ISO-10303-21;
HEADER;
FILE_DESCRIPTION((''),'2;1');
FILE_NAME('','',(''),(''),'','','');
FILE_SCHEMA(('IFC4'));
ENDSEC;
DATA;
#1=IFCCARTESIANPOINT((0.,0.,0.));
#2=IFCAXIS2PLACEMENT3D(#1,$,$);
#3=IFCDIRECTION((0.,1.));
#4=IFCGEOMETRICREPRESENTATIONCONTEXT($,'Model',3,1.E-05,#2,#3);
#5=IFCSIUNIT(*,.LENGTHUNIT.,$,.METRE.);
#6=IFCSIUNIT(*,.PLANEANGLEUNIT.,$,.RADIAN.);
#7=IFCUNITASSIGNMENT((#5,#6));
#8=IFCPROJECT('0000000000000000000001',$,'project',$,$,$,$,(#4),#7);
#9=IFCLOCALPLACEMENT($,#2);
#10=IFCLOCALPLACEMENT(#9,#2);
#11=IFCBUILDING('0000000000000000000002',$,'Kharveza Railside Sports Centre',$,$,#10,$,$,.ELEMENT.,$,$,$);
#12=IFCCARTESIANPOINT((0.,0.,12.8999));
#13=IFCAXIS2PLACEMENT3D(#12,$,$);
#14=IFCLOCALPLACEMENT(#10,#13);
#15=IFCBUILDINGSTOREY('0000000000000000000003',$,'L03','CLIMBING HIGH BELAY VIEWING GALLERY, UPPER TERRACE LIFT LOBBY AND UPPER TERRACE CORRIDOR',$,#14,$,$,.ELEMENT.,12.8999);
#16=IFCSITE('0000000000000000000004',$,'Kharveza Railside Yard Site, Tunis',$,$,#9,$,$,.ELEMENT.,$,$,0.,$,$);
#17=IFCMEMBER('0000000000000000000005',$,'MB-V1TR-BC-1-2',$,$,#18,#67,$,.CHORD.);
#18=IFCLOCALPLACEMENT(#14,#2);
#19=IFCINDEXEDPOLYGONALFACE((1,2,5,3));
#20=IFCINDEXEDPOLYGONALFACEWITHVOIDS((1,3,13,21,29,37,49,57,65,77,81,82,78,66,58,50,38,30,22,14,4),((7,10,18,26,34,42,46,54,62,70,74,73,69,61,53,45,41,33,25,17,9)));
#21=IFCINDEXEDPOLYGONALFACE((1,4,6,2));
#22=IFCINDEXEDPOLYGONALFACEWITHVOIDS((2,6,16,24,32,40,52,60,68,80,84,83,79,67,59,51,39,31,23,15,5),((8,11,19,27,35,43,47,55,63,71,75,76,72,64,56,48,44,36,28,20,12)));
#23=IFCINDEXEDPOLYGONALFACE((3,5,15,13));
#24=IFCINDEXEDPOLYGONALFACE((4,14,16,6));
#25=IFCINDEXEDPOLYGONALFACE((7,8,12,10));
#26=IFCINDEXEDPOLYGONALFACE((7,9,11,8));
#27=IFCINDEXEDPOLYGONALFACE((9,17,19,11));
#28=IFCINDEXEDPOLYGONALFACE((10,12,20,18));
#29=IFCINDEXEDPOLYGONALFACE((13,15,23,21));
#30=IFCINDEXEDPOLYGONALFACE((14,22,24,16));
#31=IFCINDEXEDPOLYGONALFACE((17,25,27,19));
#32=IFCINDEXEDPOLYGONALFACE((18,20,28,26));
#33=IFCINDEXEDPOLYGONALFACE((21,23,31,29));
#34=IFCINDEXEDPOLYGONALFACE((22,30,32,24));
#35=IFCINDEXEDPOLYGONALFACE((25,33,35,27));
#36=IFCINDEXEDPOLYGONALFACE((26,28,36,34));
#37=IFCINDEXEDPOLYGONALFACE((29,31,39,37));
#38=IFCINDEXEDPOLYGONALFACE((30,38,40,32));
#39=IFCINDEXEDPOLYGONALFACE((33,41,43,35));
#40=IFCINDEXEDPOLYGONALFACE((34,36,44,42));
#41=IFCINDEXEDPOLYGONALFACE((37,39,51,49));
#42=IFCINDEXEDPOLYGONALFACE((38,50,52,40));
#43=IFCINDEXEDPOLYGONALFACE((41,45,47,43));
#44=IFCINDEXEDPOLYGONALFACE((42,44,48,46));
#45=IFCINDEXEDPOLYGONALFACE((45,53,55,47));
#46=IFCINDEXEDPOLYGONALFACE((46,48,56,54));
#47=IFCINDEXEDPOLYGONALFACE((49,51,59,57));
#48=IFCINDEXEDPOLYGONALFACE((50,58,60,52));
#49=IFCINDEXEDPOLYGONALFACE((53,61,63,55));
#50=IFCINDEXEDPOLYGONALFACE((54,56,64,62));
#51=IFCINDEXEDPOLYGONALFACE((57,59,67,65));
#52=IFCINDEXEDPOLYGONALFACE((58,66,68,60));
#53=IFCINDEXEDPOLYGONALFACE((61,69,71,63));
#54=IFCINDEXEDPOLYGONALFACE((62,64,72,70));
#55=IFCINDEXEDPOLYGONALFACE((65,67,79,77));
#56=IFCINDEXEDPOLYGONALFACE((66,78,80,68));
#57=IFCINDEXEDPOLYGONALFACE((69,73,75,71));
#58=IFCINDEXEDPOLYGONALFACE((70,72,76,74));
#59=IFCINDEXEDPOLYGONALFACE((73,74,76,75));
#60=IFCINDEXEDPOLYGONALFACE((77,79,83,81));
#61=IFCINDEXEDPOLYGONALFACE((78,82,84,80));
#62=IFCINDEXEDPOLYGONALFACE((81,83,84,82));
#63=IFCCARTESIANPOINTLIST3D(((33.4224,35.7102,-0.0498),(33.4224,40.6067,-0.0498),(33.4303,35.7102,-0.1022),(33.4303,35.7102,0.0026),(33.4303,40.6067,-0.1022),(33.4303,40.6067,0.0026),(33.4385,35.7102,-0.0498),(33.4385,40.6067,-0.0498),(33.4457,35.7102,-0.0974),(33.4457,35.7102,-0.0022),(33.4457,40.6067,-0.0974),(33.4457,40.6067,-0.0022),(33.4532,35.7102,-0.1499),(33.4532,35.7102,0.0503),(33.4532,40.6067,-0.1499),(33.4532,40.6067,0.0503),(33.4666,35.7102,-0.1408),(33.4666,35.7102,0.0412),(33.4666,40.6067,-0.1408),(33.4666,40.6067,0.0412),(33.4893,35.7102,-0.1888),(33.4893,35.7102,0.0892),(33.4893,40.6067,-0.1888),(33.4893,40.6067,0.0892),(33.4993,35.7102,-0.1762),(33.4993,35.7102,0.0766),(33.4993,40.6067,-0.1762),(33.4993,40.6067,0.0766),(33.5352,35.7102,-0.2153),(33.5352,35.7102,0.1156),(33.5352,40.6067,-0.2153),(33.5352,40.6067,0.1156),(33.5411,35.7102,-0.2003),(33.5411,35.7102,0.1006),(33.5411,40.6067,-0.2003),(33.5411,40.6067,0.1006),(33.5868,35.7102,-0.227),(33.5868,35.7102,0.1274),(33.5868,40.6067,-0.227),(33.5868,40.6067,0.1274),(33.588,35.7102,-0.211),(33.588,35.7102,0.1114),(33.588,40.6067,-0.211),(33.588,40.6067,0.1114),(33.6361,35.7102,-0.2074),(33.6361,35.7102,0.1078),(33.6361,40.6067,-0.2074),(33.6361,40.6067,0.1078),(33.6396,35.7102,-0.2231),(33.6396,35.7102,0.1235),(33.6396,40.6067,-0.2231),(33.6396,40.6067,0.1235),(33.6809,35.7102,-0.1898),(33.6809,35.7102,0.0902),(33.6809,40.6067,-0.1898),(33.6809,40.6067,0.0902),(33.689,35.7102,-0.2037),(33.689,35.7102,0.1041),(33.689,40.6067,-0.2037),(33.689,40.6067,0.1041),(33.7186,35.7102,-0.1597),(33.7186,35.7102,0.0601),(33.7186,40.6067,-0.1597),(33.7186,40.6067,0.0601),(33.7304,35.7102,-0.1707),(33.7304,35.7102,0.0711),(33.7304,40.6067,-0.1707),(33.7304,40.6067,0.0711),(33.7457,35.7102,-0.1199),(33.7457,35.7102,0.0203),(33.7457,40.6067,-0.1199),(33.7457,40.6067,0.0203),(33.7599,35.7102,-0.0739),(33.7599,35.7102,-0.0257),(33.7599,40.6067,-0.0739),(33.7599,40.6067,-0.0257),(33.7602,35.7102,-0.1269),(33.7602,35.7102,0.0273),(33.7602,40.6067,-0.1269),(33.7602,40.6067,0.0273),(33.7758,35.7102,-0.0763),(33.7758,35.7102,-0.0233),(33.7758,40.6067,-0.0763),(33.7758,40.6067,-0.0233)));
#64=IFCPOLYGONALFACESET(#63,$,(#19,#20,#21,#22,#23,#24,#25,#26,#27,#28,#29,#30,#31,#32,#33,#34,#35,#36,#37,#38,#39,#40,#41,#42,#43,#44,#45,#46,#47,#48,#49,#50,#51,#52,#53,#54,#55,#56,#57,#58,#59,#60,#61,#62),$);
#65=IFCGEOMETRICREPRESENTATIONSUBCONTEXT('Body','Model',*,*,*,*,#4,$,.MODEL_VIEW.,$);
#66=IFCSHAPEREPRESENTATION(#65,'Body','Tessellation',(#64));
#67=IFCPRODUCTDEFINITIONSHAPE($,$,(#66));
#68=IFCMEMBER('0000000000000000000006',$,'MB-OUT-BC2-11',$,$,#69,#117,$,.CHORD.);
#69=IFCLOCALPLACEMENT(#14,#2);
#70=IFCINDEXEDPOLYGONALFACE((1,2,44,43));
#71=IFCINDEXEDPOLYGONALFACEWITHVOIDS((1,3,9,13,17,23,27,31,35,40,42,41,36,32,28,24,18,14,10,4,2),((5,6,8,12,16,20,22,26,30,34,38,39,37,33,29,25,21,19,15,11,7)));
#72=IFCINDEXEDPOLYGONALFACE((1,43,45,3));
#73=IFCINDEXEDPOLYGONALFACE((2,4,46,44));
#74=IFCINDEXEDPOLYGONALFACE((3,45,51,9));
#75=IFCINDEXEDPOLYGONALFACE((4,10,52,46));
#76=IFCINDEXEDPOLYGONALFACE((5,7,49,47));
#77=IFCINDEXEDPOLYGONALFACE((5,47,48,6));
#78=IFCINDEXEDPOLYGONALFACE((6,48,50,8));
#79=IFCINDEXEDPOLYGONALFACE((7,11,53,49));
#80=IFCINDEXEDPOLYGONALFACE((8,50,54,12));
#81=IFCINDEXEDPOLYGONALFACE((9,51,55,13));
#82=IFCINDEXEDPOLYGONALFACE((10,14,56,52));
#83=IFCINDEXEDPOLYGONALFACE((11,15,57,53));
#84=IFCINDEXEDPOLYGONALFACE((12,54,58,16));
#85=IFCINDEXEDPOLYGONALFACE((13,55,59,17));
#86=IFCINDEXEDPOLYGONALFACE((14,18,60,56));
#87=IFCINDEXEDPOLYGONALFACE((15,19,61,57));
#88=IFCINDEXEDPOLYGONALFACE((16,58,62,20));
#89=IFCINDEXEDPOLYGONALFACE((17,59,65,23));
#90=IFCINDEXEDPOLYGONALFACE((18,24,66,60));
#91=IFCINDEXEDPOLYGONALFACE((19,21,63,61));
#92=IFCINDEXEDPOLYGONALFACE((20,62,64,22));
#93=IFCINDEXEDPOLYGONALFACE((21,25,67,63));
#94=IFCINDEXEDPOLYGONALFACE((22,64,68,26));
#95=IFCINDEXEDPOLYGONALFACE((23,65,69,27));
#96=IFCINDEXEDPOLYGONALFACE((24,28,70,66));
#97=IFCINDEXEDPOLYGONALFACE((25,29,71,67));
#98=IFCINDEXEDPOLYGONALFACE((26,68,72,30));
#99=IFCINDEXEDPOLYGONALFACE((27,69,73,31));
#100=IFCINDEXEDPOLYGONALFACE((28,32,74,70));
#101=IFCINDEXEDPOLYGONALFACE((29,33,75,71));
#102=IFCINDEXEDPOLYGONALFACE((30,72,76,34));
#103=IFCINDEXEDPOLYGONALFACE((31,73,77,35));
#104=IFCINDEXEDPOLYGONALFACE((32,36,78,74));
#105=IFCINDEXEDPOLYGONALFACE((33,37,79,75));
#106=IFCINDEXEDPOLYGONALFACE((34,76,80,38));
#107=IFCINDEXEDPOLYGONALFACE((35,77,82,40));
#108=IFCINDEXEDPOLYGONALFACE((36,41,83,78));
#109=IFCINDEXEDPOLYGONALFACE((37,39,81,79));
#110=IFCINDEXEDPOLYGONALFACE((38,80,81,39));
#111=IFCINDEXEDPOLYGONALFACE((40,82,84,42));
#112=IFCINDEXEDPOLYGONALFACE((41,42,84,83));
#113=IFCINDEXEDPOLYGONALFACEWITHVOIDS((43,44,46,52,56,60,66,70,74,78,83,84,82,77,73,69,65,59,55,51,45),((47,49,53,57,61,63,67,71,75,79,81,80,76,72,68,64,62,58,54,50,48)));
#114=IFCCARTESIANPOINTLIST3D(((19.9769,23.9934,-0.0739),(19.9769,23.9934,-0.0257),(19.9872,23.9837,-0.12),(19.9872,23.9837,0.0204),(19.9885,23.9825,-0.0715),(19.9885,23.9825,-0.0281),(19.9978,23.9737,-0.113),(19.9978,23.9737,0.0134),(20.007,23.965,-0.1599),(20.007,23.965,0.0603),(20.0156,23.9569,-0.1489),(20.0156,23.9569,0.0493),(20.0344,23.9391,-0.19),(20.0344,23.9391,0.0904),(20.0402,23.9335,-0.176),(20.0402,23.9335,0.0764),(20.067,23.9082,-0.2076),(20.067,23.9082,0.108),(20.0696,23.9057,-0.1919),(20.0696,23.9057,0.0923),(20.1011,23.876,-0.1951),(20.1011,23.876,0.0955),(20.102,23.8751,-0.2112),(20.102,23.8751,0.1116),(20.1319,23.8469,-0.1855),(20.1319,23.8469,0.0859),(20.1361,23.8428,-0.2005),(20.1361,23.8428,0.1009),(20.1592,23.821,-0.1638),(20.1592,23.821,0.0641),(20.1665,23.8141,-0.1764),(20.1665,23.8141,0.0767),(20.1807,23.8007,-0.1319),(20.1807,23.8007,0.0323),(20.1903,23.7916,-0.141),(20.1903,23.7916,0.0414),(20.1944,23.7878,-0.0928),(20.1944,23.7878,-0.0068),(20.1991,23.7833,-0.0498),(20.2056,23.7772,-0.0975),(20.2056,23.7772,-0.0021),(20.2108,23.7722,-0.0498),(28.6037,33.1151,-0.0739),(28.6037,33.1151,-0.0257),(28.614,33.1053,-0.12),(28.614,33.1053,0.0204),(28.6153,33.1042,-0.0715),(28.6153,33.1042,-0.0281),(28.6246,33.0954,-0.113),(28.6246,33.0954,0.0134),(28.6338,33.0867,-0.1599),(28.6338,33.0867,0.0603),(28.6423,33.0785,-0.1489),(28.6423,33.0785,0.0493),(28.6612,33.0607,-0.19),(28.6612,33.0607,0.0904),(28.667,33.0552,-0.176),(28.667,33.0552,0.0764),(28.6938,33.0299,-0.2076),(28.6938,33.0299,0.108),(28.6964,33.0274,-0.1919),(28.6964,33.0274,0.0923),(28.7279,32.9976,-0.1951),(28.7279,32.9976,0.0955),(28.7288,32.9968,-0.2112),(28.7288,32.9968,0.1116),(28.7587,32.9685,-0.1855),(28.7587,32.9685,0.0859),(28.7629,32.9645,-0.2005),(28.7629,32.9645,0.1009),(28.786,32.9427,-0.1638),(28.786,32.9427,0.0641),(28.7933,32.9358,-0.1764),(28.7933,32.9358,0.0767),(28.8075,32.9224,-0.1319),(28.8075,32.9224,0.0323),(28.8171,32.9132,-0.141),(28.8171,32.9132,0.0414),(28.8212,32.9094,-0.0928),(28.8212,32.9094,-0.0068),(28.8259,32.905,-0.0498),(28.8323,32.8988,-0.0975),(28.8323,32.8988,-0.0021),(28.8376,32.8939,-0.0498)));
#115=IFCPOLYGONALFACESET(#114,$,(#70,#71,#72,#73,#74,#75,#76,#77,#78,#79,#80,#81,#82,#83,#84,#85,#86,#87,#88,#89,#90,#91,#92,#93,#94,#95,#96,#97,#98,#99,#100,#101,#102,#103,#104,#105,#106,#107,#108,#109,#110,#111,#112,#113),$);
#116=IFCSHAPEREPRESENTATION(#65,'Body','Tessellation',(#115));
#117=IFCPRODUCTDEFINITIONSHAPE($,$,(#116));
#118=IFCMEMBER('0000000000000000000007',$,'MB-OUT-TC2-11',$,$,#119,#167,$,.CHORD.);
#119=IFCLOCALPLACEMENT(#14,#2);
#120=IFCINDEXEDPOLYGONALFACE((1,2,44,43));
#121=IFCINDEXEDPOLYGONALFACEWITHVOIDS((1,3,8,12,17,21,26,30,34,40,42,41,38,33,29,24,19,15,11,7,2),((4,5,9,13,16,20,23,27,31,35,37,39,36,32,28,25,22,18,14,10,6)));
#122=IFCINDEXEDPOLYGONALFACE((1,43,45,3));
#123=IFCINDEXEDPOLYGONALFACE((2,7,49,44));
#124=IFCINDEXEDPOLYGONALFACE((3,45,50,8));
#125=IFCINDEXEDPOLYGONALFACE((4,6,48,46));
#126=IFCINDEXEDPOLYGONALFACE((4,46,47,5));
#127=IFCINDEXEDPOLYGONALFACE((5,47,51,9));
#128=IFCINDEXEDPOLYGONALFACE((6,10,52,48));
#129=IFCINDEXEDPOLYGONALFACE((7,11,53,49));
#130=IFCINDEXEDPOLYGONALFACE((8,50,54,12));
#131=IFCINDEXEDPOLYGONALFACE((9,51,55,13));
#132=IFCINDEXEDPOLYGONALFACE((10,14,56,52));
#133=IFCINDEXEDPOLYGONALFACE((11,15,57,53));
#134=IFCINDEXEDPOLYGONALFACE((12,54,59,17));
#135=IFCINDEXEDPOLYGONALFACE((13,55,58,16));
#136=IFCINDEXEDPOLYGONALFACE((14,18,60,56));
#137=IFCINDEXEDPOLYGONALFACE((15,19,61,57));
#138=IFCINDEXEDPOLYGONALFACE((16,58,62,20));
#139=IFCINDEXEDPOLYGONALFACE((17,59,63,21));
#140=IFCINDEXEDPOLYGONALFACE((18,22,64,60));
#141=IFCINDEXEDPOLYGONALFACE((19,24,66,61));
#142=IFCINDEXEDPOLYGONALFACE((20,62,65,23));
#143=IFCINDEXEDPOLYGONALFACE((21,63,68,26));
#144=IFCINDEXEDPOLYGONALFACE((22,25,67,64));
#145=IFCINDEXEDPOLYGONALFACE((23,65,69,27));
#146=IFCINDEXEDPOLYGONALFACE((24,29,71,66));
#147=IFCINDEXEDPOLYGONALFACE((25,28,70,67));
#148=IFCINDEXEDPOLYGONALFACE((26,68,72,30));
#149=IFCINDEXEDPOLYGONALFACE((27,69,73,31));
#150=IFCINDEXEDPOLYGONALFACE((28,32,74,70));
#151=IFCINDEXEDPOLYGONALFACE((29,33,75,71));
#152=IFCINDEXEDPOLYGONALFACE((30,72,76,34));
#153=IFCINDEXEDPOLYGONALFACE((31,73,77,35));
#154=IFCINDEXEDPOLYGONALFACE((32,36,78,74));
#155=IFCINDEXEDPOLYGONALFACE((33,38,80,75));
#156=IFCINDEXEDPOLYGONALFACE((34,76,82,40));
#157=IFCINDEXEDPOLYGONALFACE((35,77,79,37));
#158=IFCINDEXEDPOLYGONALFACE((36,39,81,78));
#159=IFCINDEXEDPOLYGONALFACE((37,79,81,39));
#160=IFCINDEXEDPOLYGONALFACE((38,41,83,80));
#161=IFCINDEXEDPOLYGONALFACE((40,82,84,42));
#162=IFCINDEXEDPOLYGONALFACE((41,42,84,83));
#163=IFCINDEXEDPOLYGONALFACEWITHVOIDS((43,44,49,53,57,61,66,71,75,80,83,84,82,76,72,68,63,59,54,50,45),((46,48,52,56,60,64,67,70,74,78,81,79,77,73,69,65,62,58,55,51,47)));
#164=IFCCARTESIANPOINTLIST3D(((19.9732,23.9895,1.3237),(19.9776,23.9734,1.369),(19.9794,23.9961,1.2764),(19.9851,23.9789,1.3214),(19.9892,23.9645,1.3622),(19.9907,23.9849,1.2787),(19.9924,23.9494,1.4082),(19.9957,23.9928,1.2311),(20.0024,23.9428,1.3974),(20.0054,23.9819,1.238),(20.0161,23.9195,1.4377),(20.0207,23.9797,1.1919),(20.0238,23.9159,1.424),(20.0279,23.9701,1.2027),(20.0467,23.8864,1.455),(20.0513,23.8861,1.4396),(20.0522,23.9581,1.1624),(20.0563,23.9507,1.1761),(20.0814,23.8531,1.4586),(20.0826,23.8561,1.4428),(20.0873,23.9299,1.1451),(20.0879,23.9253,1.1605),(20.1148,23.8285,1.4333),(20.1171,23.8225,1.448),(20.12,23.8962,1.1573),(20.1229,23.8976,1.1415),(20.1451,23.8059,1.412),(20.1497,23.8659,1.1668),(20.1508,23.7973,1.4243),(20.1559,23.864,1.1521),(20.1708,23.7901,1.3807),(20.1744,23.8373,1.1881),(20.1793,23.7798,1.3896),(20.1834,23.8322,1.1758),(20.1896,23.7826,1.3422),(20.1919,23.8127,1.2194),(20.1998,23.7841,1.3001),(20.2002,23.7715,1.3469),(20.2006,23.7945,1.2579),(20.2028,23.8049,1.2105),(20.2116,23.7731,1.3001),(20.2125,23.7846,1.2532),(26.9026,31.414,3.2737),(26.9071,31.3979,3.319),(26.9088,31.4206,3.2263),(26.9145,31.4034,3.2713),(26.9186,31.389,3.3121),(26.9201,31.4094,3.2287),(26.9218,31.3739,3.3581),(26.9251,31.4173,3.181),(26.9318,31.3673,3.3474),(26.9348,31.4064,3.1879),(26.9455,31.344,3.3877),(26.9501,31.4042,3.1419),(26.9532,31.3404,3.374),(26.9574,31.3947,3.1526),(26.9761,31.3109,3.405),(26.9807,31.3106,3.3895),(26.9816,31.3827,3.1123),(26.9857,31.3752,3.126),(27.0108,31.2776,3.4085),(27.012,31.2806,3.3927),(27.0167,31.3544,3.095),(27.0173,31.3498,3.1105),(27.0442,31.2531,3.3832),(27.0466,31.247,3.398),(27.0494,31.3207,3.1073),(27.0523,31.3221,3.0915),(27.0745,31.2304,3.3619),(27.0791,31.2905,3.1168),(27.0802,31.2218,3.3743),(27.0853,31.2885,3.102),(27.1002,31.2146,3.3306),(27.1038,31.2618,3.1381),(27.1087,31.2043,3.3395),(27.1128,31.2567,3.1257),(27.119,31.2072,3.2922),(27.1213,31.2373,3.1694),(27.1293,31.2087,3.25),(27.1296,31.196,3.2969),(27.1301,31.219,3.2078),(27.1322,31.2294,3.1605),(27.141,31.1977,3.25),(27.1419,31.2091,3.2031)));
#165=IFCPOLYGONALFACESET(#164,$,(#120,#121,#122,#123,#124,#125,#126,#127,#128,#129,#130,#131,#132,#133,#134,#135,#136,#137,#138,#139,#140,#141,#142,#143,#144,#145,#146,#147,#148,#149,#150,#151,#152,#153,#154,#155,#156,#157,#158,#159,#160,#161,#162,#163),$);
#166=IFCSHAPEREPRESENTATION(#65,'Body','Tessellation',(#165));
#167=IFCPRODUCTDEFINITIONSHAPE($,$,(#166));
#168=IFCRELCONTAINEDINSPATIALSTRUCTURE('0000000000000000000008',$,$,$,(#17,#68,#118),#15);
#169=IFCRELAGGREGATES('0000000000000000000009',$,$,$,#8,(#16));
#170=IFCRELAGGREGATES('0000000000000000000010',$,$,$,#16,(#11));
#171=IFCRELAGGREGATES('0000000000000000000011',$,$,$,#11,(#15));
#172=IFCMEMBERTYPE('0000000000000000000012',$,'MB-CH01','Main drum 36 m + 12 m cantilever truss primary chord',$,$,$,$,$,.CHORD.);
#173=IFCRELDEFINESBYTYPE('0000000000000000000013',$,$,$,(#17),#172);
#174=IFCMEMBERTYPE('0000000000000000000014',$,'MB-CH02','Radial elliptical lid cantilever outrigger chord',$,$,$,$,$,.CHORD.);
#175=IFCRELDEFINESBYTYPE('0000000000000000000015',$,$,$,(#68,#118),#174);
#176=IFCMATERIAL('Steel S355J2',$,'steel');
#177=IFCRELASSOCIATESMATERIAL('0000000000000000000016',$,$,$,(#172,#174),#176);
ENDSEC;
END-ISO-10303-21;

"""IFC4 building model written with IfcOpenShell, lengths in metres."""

from ifc_helpers import new_model, si_unit, direction, frame, origin, origin_2d, place, context, subcontext, project, spatial, hollow_circle, extrude, material, material_profile, profile_set, type_object, element, save


model = new_model("IFC4")

# Units and contexts
model_context = context("Model", 3, precision=1e-05, world=origin(), true_north=direction((0.0, 1.0)))
body_context = subcontext(model_context, "Body", "Model", "MODEL_VIEW")
ifc_project = project(units=[si_unit("LENGTHUNIT", "METRE"), si_unit("PLANEANGLEUNIT", "RADIAN")], contexts=[model_context])

# Site, building, storey
site_placement = place(None, origin())
site = spatial("IfcSite", under=ifc_project, at=site_placement, Name="Kharveza Railside Yard Site, Tunis", CompositionType="ELEMENT", RefElevation=0.0)
building_placement = place(site_placement, origin())
building = spatial("IfcBuilding", under=site, at=building_placement, Name="Kharveza Railside Sports Centre", CompositionType="ELEMENT")
storey_placement = place(building_placement, frame((0.0, 0.0, 12.8999)))
storey = spatial("IfcBuildingStorey", under=building, at=storey_placement, Name="L03", Description="CLIMBING HIGH BELAY VIEWING GALLERY, UPPER TERRACE LIFT LOBBY AND UPPER TERRACE CORRIDOR", CompositionType="ELEMENT", Elevation=12.8999)

# Shared definitions
ifc_material_1 = material(Name="Steel S355J2", Category="steel")

# Members
ifc_material_profile_1 = material_profile(ifc_material_1, hollow_circle(Radius=0.1777, WallThickness=0.0161, at=origin_2d()), Name="CHS 355.6x16.0")
ifc_profile_set_1 = profile_set([ifc_material_profile_1], Name="Steel S355J2")
member_type_1 = type_object("IfcMemberType", Name="MB-CH01", Description="Main drum 36 m + 12 m cantilever truss primary chord", PredefinedType="CHORD", material=ifc_profile_set_1)
member_1_placement = place(storey_placement, frame((33.6001, 35.7102, -0.0498), z_axis=(0.0, 1.0, 0.0), x_axis=(-1.0, 0.0, 0.0)))
element("IfcMember", 1, at=member_1_placement, inside=storey, type_object=member_type_1, Name="MB-V1TR-BC-1-2", PredefinedType="CHORD", context=body_context, shape_type="SweptSolid", body=[
    extrude(hollow_circle(Radius=0.1777, WallThickness=0.0161, at=origin_2d()), origin(), (0.0, 0.0, 1.0), 4.8965),
])
ifc_material_profile_2 = material_profile(ifc_material_1, hollow_circle(Radius=0.1619, WallThickness=0.0161, at=origin_2d()), Name="CHS 323.9x16.0")
ifc_profile_set_2 = profile_set([ifc_material_profile_2], Name="Steel S355J2")
member_type_2 = type_object("IfcMemberType", Name="MB-CH02", Description="Radial elliptical lid cantilever outrigger chord", PredefinedType="CHORD", material=ifc_profile_set_2)
member_2_placement = place(storey_placement, frame((28.72, 33.0051, -0.0498), z_axis=(-0.687124, -0.726541, 0.0), x_axis=(0.726541, -0.687124, 0.0)))
element("IfcMember", 2, at=member_2_placement, inside=storey, type_object=member_type_2, Name="MB-OUT-BC2-11", PredefinedType="CHORD", context=body_context, shape_type="SweptSolid", body=[
    extrude(hollow_circle(Radius=0.1619, WallThickness=0.0161, at=origin_2d()), origin(), (0.0, 0.0, 1.0), 12.5549),
])
member_3_placement = place(storey_placement, frame((27.0227, 31.3081, 3.25), z_axis=(-0.670071, -0.717949, -0.188559), x_axis=(0.731062, -0.682311, 0.0)))
element("IfcMember", 3, at=member_3_placement, inside=storey, type_object=member_type_2, Name="MB-OUT-TC2-11", PredefinedType="CHORD", context=body_context, shape_type="SweptSolid", body=[
    extrude(hollow_circle(Radius=0.1619, WallThickness=0.0161, at=origin_2d()), origin(), (0.0, 0.0, 1.0), 10.3413),
])

save(model, "model.ifc")
